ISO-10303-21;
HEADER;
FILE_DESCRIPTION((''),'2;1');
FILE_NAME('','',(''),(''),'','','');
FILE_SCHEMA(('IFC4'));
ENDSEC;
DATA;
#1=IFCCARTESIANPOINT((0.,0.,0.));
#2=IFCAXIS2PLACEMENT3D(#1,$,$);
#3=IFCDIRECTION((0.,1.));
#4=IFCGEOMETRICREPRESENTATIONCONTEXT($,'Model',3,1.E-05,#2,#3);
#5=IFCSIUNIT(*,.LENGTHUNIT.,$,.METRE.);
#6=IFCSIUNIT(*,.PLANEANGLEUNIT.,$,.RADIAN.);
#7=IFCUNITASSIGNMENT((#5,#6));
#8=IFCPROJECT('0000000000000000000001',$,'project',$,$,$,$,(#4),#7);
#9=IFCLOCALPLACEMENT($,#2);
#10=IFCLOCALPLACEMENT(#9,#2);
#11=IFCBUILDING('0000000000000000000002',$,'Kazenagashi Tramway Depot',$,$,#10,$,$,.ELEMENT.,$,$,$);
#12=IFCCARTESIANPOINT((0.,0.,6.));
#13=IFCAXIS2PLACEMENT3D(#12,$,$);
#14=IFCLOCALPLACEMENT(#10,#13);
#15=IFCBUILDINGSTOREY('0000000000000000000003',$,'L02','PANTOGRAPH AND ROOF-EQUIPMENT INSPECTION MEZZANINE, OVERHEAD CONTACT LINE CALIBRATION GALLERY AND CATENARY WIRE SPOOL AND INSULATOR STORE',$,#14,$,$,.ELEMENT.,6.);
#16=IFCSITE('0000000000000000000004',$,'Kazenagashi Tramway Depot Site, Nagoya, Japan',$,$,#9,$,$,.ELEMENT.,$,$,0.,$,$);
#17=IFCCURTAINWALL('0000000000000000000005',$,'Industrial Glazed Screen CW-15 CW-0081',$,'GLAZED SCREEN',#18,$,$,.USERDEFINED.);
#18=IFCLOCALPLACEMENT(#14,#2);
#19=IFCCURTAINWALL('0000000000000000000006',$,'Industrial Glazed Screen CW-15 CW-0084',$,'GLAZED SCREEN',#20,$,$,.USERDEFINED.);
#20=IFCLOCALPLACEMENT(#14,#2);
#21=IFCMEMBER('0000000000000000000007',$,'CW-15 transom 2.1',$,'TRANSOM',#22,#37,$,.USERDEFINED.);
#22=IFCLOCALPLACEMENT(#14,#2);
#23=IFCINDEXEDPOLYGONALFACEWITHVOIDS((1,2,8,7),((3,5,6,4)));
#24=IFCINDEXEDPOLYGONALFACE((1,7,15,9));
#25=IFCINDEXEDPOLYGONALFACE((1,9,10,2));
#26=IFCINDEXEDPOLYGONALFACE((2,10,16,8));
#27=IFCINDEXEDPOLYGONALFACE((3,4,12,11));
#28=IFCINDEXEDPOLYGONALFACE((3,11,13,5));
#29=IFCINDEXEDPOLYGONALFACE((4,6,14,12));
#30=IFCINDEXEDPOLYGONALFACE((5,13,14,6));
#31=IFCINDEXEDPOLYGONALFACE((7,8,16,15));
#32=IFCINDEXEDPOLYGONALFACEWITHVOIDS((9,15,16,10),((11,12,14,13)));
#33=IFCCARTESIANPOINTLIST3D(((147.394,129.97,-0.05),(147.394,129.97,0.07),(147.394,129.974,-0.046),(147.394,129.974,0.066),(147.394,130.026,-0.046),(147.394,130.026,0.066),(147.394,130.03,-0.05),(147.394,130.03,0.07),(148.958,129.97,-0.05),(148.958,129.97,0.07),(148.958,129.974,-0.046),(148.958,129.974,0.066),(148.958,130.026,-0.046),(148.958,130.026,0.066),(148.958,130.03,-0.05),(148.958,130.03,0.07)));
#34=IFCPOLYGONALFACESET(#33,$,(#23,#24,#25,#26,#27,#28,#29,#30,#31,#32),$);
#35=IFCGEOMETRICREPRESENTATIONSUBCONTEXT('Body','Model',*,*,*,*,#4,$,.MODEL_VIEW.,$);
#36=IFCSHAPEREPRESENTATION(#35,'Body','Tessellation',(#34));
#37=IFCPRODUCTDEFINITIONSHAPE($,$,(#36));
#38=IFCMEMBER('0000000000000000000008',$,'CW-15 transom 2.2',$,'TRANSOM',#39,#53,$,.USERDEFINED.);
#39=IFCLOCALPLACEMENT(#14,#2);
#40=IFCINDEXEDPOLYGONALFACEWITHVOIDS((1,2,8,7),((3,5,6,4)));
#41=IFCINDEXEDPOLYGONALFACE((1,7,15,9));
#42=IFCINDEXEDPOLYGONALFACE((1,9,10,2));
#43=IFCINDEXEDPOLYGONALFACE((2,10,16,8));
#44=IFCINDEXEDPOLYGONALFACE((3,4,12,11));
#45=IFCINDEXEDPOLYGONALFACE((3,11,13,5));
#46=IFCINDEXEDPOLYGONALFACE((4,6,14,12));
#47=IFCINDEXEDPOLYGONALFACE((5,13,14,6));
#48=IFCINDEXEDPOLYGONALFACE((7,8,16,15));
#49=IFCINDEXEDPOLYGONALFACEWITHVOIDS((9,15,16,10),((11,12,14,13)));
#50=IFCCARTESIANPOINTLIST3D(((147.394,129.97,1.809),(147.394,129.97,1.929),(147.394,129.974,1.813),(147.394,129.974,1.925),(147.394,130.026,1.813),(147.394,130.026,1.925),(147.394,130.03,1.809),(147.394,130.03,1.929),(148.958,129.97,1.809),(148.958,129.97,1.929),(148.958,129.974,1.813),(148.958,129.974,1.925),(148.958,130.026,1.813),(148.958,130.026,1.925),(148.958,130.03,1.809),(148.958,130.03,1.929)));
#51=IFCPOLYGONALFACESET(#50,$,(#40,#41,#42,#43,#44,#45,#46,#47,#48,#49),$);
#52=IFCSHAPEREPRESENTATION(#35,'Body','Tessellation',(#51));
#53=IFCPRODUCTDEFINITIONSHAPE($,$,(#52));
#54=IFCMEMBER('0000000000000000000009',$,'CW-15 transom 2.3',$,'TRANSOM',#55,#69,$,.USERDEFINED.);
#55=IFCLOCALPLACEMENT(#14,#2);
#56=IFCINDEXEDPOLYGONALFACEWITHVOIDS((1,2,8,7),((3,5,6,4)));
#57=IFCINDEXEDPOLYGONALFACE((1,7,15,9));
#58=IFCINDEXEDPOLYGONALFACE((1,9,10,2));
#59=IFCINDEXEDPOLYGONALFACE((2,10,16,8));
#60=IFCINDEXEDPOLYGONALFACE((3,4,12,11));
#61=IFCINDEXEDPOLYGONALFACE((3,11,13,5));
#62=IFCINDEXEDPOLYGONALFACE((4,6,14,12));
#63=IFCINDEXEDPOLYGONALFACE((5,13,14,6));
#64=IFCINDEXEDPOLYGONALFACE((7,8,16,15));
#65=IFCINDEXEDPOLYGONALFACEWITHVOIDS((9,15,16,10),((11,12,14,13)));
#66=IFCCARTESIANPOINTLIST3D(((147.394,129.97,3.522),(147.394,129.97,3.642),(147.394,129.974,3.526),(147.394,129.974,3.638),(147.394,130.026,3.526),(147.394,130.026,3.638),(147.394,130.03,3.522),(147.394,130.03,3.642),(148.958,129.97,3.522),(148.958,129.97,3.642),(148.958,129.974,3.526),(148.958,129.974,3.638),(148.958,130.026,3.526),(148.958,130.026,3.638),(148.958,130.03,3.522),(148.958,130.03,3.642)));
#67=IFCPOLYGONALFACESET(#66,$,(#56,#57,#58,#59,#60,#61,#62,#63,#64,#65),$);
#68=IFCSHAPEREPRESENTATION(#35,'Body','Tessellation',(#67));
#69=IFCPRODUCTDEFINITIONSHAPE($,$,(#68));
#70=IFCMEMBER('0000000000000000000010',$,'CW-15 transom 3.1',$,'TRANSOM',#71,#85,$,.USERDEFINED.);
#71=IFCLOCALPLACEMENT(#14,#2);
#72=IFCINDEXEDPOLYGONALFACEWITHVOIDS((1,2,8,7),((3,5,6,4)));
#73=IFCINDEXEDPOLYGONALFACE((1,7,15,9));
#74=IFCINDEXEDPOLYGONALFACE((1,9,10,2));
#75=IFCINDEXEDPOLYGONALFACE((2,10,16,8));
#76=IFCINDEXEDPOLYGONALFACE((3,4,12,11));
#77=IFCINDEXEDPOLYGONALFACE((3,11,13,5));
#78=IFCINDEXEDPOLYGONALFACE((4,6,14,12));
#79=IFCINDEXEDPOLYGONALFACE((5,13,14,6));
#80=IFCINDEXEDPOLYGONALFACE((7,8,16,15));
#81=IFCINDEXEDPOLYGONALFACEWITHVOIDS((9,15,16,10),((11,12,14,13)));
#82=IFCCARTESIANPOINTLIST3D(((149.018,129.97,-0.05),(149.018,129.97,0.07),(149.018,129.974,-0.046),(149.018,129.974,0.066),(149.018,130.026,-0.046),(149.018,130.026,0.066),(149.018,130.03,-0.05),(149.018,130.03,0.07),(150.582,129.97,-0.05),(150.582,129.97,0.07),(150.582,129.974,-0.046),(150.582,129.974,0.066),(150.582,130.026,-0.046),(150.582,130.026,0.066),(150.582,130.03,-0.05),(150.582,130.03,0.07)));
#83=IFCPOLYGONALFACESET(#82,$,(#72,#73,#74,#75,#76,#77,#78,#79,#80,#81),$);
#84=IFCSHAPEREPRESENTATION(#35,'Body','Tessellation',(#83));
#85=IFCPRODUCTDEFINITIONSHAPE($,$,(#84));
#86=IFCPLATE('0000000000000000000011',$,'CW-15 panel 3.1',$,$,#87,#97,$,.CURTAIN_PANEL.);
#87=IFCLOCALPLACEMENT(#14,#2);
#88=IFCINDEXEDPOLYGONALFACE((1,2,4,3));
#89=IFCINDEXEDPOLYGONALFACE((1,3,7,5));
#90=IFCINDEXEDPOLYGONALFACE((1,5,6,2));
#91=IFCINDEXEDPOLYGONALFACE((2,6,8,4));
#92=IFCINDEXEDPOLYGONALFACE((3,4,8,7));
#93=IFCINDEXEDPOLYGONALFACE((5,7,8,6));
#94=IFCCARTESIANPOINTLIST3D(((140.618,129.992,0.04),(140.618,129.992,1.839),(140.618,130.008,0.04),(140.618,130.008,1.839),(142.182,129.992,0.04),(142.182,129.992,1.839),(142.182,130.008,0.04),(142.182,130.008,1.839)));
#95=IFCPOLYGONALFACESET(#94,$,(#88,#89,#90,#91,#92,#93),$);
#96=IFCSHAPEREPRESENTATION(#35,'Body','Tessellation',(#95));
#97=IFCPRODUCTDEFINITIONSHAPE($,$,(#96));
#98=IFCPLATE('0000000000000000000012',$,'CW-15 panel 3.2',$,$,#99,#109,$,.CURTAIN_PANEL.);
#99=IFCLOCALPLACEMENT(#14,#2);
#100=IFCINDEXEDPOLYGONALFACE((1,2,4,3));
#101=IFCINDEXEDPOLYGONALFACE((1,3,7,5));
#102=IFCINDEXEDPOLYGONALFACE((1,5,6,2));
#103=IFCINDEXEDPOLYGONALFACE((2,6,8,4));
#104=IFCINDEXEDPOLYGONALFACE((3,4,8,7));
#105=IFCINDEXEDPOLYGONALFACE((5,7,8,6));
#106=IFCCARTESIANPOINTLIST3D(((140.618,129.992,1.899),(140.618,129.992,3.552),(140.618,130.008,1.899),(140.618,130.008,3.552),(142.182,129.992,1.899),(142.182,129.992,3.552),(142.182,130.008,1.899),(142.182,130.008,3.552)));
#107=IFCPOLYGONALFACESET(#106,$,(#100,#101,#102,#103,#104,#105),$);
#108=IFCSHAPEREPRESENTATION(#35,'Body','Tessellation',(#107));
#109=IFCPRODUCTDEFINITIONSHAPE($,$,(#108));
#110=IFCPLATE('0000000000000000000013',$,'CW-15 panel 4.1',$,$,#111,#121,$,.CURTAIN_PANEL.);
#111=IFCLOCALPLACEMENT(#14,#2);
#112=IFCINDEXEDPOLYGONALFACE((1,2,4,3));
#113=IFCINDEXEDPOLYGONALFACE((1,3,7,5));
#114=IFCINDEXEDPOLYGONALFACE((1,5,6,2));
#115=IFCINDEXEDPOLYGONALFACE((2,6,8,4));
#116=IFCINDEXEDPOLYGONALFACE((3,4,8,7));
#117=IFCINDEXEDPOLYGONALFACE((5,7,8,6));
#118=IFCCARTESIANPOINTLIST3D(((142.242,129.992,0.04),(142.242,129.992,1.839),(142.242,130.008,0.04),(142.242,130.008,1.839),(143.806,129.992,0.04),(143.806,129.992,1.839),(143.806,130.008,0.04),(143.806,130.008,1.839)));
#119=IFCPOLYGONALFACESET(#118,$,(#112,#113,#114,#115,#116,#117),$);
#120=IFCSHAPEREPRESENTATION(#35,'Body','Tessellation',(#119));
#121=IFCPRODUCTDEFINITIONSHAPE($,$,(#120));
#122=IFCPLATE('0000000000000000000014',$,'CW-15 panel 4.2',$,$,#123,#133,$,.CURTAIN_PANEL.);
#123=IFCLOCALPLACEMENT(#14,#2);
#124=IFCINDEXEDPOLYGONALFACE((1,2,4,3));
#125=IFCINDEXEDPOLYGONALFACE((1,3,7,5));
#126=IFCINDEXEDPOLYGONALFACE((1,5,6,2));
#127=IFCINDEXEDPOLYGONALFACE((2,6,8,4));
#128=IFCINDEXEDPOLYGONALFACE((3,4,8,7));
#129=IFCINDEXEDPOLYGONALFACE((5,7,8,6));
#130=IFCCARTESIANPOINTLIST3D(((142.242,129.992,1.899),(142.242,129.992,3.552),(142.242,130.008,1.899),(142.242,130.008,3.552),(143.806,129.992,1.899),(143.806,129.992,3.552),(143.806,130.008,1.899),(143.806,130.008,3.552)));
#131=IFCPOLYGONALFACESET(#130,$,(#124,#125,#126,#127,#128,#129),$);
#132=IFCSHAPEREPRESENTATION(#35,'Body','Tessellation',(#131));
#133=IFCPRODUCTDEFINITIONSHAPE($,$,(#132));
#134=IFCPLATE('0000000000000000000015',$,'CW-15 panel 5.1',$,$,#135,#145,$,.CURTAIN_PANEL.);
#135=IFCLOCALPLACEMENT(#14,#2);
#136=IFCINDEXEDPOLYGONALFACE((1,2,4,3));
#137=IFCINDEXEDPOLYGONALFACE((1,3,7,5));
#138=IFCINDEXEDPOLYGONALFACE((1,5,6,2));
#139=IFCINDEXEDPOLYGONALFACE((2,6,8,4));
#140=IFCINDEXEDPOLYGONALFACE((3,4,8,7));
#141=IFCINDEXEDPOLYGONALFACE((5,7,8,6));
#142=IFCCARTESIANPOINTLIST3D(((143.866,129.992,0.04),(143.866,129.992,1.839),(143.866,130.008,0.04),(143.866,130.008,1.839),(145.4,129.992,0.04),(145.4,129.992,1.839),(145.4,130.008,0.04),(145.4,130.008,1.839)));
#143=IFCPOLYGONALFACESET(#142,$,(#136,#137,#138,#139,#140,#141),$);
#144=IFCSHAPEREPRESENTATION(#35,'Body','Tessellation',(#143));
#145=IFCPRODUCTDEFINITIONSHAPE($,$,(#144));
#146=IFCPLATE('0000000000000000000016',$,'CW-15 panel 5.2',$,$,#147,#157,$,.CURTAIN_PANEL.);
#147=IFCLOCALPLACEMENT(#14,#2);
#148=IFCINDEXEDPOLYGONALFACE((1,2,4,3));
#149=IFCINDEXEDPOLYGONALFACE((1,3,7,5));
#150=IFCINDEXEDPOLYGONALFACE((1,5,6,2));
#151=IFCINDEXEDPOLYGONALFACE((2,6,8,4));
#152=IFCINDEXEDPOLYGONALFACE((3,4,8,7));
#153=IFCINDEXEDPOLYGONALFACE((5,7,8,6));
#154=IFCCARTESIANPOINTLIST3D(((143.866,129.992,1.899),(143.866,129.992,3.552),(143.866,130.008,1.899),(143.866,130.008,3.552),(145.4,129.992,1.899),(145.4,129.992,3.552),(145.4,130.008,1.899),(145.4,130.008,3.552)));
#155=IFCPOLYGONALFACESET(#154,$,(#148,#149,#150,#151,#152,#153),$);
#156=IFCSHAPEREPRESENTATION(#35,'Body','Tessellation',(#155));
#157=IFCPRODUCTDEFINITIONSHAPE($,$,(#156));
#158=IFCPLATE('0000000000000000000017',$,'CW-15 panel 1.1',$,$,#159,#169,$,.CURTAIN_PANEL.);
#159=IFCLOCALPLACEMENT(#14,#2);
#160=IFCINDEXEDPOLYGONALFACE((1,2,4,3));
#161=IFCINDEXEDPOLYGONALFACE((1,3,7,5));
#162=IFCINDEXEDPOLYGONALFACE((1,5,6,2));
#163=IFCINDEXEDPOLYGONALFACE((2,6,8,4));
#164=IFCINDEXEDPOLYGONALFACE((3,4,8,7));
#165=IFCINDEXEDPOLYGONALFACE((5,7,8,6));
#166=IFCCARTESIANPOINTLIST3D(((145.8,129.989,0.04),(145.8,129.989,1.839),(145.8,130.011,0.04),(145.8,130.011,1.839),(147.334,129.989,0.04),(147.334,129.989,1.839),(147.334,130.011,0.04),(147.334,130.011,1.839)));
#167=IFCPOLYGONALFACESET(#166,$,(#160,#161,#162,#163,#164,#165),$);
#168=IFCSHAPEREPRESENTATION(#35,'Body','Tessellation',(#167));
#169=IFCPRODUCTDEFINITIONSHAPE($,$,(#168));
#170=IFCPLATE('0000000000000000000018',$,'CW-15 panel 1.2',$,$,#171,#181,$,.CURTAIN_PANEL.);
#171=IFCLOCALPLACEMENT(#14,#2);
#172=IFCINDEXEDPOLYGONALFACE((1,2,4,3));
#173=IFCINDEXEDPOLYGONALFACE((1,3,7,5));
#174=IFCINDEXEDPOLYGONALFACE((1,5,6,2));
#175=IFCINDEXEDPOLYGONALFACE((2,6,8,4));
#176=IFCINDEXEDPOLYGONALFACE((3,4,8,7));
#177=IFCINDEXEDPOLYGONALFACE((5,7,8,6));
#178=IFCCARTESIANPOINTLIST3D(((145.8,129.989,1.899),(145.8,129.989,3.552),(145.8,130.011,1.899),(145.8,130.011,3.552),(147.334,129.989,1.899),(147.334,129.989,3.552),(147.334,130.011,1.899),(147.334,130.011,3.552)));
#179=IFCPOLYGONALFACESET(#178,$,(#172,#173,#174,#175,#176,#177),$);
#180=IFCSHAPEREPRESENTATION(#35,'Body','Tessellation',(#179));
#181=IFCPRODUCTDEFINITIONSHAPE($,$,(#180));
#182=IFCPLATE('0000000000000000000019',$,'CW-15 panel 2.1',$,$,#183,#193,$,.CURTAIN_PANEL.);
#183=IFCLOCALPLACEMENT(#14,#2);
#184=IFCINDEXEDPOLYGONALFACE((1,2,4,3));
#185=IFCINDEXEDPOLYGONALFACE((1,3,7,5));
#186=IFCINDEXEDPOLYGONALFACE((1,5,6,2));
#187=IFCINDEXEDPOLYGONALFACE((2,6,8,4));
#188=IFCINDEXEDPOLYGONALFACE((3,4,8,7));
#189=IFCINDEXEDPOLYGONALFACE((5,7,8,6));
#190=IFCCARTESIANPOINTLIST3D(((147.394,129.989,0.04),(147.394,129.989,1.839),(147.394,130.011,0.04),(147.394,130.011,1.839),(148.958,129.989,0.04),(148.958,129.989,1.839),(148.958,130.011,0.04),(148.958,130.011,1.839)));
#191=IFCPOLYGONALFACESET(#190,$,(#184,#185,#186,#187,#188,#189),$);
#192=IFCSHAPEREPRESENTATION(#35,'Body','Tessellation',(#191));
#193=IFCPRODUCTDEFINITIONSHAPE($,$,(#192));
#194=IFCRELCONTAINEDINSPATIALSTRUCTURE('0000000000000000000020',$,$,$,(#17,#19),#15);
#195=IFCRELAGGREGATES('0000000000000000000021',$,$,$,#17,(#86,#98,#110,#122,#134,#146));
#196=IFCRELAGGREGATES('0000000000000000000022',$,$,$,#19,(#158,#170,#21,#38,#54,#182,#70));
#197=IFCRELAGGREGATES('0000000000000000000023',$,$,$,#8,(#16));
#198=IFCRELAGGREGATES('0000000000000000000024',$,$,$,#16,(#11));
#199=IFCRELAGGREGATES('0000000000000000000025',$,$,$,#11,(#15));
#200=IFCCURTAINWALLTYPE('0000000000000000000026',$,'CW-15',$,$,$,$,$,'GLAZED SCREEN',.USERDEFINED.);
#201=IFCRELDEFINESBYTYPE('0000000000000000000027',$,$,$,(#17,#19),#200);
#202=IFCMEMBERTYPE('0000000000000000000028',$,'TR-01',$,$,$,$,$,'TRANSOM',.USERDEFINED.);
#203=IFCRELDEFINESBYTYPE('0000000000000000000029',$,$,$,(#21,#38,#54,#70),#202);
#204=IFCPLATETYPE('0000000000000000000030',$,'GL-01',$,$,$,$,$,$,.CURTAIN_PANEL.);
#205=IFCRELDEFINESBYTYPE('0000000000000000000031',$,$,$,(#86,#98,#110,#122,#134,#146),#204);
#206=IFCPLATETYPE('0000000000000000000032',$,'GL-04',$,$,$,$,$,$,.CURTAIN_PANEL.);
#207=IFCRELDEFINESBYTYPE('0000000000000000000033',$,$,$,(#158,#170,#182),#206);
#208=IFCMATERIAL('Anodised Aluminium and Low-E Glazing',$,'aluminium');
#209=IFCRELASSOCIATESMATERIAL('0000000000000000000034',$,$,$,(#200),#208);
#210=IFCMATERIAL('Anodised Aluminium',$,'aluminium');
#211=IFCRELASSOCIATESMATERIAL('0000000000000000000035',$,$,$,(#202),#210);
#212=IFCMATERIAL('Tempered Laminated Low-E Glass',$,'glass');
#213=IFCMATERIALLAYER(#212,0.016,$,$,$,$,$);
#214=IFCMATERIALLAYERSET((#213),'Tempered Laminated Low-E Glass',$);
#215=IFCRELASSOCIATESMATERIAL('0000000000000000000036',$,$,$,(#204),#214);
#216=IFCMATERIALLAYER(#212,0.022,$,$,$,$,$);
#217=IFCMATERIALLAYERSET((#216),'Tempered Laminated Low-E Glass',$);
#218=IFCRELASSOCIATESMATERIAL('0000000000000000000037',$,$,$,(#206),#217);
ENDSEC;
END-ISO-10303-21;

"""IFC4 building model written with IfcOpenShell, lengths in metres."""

from ifc_helpers import new_model, si_unit, direction, frame, origin, origin_2d, place, context, subcontext, project, spatial, rectangle, hollow_rectangle, extrude, material, layer, layer_set, material_profile, profile_set, type_object, element, aggregate, save


model = new_model("IFC4")

# Units and contexts
model_context = context("Model", 3, precision=1e-05, world=origin(), true_north=direction((0.0, 1.0)))
body_context = subcontext(model_context, "Body", "Model", "MODEL_VIEW")
ifc_project = project(units=[si_unit("LENGTHUNIT", "METRE"), si_unit("PLANEANGLEUNIT", "RADIAN")], contexts=[model_context])

# Site, building, storey
site_placement = place(None, origin())
site = spatial("IfcSite", under=ifc_project, at=site_placement, Name="Kazenagashi Tramway Depot Site, Nagoya, Japan", CompositionType="ELEMENT", RefElevation=0.0)
building_placement = place(site_placement, origin())
building = spatial("IfcBuilding", under=site, at=building_placement, Name="Kazenagashi Tramway Depot", CompositionType="ELEMENT")
storey_placement = place(building_placement, frame((0.0, 0.0, 6.0)))
storey = spatial("IfcBuildingStorey", under=building, at=storey_placement, Name="L02", Description="PANTOGRAPH AND ROOF-EQUIPMENT INSPECTION MEZZANINE, OVERHEAD CONTACT LINE CALIBRATION GALLERY AND CATENARY WIRE SPOOL AND INSULATOR STORE", CompositionType="ELEMENT", Elevation=6.0)

# Curtain walls
ifc_material_1 = material(Name="Anodised Aluminium and Low-E Glazing", Category="aluminium")
curtain_wall_type = type_object("IfcCurtainWallType", Name="CW-15", ElementType="GLAZED SCREEN", PredefinedType="USERDEFINED", material=ifc_material_1)
curtain_wall_1_placement = place(storey_placement, origin())
curtain_wall_1 = element("IfcCurtainWall", 1, at=curtain_wall_1_placement, inside=storey, type_object=curtain_wall_type, Name="Industrial Glazed Screen CW-15 CW-0081", ObjectType="GLAZED SCREEN", PredefinedType="USERDEFINED")
ifc_material_2 = material(Name="Anodised Aluminium", Category="aluminium")
curtain_wall_2_placement = place(storey_placement, origin())
curtain_wall_2 = element("IfcCurtainWall", 2, at=curtain_wall_2_placement, inside=storey, type_object=curtain_wall_type, Name="Industrial Glazed Screen CW-15 CW-0084", ObjectType="GLAZED SCREEN", PredefinedType="USERDEFINED")

# Members
ifc_material_profile_1 = material_profile(ifc_material_2, hollow_rectangle(XDim=0.06, YDim=0.12, WallThickness=0.004, at=origin_2d()), Name="RHS-120x60x4")
ifc_profile_set_1 = profile_set([ifc_material_profile_1], Name="Anodised Aluminium")
member_type_1 = type_object("IfcMemberType", Name="TR-01", ElementType="TRANSOM", PredefinedType="USERDEFINED", material=ifc_profile_set_1)
member_1_placement = place(storey_placement, frame((147.394, 130.0, 0.01), z_axis=(1.0, 0.0, 0.0), x_axis=(0.0, 1.0, 0.0)))
member_1 = element("IfcMember", 3, at=member_1_placement, type_object=member_type_1, Name="CW-15 transom 2.1", ObjectType="TRANSOM", PredefinedType="USERDEFINED", context=body_context, shape_type="SweptSolid", body=[
    extrude(hollow_rectangle(XDim=0.06, YDim=0.12, WallThickness=0.004, at=origin_2d()), origin(), (0.0, 0.0, 1.0), 1.564),
])
member_2_placement = place(storey_placement, frame((147.394, 130.0, 1.869), z_axis=(1.0, 0.0, 0.0), x_axis=(0.0, 1.0, 0.0)))
member_2 = element("IfcMember", 4, at=member_2_placement, type_object=member_type_1, Name="CW-15 transom 2.2", ObjectType="TRANSOM", PredefinedType="USERDEFINED", context=body_context, shape_type="SweptSolid", body=[
    extrude(hollow_rectangle(XDim=0.06, YDim=0.12, WallThickness=0.004, at=origin_2d()), origin(), (0.0, 0.0, 1.0), 1.564),
])
member_3_placement = place(storey_placement, frame((147.394, 130.0, 3.582), z_axis=(1.0, 0.0, 0.0), x_axis=(0.0, 1.0, 0.0)))
member_3 = element("IfcMember", 5, at=member_3_placement, type_object=member_type_1, Name="CW-15 transom 2.3", ObjectType="TRANSOM", PredefinedType="USERDEFINED", context=body_context, shape_type="SweptSolid", body=[
    extrude(hollow_rectangle(XDim=0.06, YDim=0.12, WallThickness=0.004, at=origin_2d()), origin(), (0.0, 0.0, 1.0), 1.564),
])
member_4_placement = place(storey_placement, frame((149.018, 130.0, 0.01), z_axis=(1.0, 0.0, 0.0), x_axis=(0.0, 1.0, 0.0)))
member_4 = element("IfcMember", 6, at=member_4_placement, type_object=member_type_1, Name="CW-15 transom 3.1", ObjectType="TRANSOM", PredefinedType="USERDEFINED", context=body_context, shape_type="SweptSolid", body=[
    extrude(hollow_rectangle(XDim=0.06, YDim=0.12, WallThickness=0.004, at=origin_2d()), origin(), (0.0, 0.0, 1.0), 1.564),
])

# Plates
ifc_material_3 = material(Name="Tempered Laminated Low-E Glass", Category="glass")
ifc_layer_1 = layer(ifc_material_3, 0.016)
ifc_layer_set_1 = layer_set([ifc_layer_1], Name="Tempered Laminated Low-E Glass")
plate_type_1 = type_object("IfcPlateType", Name="GL-01", PredefinedType="CURTAIN_PANEL", material=ifc_layer_set_1)
plate_1_placement = place(storey_placement, frame((141.4, 130.0, 0.04), z_axis=(0.0, 0.0, 1.0), x_axis=(1.0, 0.0, 0.0)))
plate_1 = element("IfcPlate", 7, at=plate_1_placement, type_object=plate_type_1, Name="CW-15 panel 3.1", PredefinedType="CURTAIN_PANEL", context=body_context, shape_type="SweptSolid", body=[
    extrude(rectangle(XDim=1.564, YDim=0.016, at=origin_2d()), origin(), (0.0, 0.0, 1.0), 1.799),
])
plate_2_placement = place(storey_placement, frame((141.4, 130.0, 1.899), z_axis=(0.0, 0.0, 1.0), x_axis=(1.0, 0.0, 0.0)))
plate_2 = element("IfcPlate", 8, at=plate_2_placement, type_object=plate_type_1, Name="CW-15 panel 3.2", PredefinedType="CURTAIN_PANEL", context=body_context, shape_type="SweptSolid", body=[
    extrude(rectangle(XDim=1.564, YDim=0.016, at=origin_2d()), origin(), (0.0, 0.0, 1.0), 1.653),
])
plate_3_placement = place(storey_placement, frame((143.024, 130.0, 0.04), z_axis=(0.0, 0.0, 1.0), x_axis=(1.0, 0.0, 0.0)))
plate_3 = element("IfcPlate", 9, at=plate_3_placement, type_object=plate_type_1, Name="CW-15 panel 4.1", PredefinedType="CURTAIN_PANEL", context=body_context, shape_type="SweptSolid", body=[
    extrude(rectangle(XDim=1.564, YDim=0.016, at=origin_2d()), origin(), (0.0, 0.0, 1.0), 1.799),
])
plate_4_placement = place(storey_placement, frame((143.024, 130.0, 1.899), z_axis=(0.0, 0.0, 1.0), x_axis=(1.0, 0.0, 0.0)))
plate_4 = element("IfcPlate", 10, at=plate_4_placement, type_object=plate_type_1, Name="CW-15 panel 4.2", PredefinedType="CURTAIN_PANEL", context=body_context, shape_type="SweptSolid", body=[
    extrude(rectangle(XDim=1.564, YDim=0.016, at=origin_2d()), origin(), (0.0, 0.0, 1.0), 1.653),
])
plate_5_placement = place(storey_placement, frame((144.633, 130.0, 0.04), z_axis=(0.0, 0.0, 1.0), x_axis=(1.0, 0.0, 0.0)))
plate_5 = element("IfcPlate", 11, at=plate_5_placement, type_object=plate_type_1, Name="CW-15 panel 5.1", PredefinedType="CURTAIN_PANEL", context=body_context, shape_type="SweptSolid", body=[
    extrude(rectangle(XDim=1.534, YDim=0.016, at=origin_2d()), origin(), (0.0, 0.0, 1.0), 1.799),
])
plate_6_placement = place(storey_placement, frame((144.633, 130.0, 1.899), z_axis=(0.0, 0.0, 1.0), x_axis=(1.0, 0.0, 0.0)))
plate_6 = element("IfcPlate", 12, at=plate_6_placement, type_object=plate_type_1, Name="CW-15 panel 5.2", PredefinedType="CURTAIN_PANEL", context=body_context, shape_type="SweptSolid", body=[
    extrude(rectangle(XDim=1.534, YDim=0.016, at=origin_2d()), origin(), (0.0, 0.0, 1.0), 1.653),
])
aggregate(curtain_wall_1, [plate_1, plate_2, plate_3, plate_4, plate_5, plate_6])
ifc_layer_2 = layer(ifc_material_3, 0.022)
ifc_layer_set_2 = layer_set([ifc_layer_2], Name="Tempered Laminated Low-E Glass")
plate_type_2 = type_object("IfcPlateType", Name="GL-04", PredefinedType="CURTAIN_PANEL", material=ifc_layer_set_2)
plate_7_placement = place(storey_placement, frame((146.567, 130.0, 0.04), z_axis=(0.0, 0.0, 1.0), x_axis=(1.0, 0.0, 0.0)))
plate_7 = element("IfcPlate", 13, at=plate_7_placement, type_object=plate_type_2, Name="CW-15 panel 1.1", PredefinedType="CURTAIN_PANEL", context=body_context, shape_type="SweptSolid", body=[
    extrude(rectangle(XDim=1.534, YDim=0.022, at=origin_2d()), origin(), (0.0, 0.0, 1.0), 1.799),
])
plate_8_placement = place(storey_placement, frame((146.567, 130.0, 1.899), z_axis=(0.0, 0.0, 1.0), x_axis=(1.0, 0.0, 0.0)))
plate_8 = element("IfcPlate", 14, at=plate_8_placement, type_object=plate_type_2, Name="CW-15 panel 1.2", PredefinedType="CURTAIN_PANEL", context=body_context, shape_type="SweptSolid", body=[
    extrude(rectangle(XDim=1.534, YDim=0.022, at=origin_2d()), origin(), (0.0, 0.0, 1.0), 1.653),
])
plate_9_placement = place(storey_placement, frame((148.176, 130.0, 0.04), z_axis=(0.0, 0.0, 1.0), x_axis=(1.0, 0.0, 0.0)))
plate_9 = element("IfcPlate", 15, at=plate_9_placement, type_object=plate_type_2, Name="CW-15 panel 2.1", PredefinedType="CURTAIN_PANEL", context=body_context, shape_type="SweptSolid", body=[
    extrude(rectangle(XDim=1.564, YDim=0.022, at=origin_2d()), origin(), (0.0, 0.0, 1.0), 1.799),
])
aggregate(curtain_wall_2, [plate_7, plate_8, member_1, member_2, member_3, plate_9, member_4])

save(model, "model.ifc")
